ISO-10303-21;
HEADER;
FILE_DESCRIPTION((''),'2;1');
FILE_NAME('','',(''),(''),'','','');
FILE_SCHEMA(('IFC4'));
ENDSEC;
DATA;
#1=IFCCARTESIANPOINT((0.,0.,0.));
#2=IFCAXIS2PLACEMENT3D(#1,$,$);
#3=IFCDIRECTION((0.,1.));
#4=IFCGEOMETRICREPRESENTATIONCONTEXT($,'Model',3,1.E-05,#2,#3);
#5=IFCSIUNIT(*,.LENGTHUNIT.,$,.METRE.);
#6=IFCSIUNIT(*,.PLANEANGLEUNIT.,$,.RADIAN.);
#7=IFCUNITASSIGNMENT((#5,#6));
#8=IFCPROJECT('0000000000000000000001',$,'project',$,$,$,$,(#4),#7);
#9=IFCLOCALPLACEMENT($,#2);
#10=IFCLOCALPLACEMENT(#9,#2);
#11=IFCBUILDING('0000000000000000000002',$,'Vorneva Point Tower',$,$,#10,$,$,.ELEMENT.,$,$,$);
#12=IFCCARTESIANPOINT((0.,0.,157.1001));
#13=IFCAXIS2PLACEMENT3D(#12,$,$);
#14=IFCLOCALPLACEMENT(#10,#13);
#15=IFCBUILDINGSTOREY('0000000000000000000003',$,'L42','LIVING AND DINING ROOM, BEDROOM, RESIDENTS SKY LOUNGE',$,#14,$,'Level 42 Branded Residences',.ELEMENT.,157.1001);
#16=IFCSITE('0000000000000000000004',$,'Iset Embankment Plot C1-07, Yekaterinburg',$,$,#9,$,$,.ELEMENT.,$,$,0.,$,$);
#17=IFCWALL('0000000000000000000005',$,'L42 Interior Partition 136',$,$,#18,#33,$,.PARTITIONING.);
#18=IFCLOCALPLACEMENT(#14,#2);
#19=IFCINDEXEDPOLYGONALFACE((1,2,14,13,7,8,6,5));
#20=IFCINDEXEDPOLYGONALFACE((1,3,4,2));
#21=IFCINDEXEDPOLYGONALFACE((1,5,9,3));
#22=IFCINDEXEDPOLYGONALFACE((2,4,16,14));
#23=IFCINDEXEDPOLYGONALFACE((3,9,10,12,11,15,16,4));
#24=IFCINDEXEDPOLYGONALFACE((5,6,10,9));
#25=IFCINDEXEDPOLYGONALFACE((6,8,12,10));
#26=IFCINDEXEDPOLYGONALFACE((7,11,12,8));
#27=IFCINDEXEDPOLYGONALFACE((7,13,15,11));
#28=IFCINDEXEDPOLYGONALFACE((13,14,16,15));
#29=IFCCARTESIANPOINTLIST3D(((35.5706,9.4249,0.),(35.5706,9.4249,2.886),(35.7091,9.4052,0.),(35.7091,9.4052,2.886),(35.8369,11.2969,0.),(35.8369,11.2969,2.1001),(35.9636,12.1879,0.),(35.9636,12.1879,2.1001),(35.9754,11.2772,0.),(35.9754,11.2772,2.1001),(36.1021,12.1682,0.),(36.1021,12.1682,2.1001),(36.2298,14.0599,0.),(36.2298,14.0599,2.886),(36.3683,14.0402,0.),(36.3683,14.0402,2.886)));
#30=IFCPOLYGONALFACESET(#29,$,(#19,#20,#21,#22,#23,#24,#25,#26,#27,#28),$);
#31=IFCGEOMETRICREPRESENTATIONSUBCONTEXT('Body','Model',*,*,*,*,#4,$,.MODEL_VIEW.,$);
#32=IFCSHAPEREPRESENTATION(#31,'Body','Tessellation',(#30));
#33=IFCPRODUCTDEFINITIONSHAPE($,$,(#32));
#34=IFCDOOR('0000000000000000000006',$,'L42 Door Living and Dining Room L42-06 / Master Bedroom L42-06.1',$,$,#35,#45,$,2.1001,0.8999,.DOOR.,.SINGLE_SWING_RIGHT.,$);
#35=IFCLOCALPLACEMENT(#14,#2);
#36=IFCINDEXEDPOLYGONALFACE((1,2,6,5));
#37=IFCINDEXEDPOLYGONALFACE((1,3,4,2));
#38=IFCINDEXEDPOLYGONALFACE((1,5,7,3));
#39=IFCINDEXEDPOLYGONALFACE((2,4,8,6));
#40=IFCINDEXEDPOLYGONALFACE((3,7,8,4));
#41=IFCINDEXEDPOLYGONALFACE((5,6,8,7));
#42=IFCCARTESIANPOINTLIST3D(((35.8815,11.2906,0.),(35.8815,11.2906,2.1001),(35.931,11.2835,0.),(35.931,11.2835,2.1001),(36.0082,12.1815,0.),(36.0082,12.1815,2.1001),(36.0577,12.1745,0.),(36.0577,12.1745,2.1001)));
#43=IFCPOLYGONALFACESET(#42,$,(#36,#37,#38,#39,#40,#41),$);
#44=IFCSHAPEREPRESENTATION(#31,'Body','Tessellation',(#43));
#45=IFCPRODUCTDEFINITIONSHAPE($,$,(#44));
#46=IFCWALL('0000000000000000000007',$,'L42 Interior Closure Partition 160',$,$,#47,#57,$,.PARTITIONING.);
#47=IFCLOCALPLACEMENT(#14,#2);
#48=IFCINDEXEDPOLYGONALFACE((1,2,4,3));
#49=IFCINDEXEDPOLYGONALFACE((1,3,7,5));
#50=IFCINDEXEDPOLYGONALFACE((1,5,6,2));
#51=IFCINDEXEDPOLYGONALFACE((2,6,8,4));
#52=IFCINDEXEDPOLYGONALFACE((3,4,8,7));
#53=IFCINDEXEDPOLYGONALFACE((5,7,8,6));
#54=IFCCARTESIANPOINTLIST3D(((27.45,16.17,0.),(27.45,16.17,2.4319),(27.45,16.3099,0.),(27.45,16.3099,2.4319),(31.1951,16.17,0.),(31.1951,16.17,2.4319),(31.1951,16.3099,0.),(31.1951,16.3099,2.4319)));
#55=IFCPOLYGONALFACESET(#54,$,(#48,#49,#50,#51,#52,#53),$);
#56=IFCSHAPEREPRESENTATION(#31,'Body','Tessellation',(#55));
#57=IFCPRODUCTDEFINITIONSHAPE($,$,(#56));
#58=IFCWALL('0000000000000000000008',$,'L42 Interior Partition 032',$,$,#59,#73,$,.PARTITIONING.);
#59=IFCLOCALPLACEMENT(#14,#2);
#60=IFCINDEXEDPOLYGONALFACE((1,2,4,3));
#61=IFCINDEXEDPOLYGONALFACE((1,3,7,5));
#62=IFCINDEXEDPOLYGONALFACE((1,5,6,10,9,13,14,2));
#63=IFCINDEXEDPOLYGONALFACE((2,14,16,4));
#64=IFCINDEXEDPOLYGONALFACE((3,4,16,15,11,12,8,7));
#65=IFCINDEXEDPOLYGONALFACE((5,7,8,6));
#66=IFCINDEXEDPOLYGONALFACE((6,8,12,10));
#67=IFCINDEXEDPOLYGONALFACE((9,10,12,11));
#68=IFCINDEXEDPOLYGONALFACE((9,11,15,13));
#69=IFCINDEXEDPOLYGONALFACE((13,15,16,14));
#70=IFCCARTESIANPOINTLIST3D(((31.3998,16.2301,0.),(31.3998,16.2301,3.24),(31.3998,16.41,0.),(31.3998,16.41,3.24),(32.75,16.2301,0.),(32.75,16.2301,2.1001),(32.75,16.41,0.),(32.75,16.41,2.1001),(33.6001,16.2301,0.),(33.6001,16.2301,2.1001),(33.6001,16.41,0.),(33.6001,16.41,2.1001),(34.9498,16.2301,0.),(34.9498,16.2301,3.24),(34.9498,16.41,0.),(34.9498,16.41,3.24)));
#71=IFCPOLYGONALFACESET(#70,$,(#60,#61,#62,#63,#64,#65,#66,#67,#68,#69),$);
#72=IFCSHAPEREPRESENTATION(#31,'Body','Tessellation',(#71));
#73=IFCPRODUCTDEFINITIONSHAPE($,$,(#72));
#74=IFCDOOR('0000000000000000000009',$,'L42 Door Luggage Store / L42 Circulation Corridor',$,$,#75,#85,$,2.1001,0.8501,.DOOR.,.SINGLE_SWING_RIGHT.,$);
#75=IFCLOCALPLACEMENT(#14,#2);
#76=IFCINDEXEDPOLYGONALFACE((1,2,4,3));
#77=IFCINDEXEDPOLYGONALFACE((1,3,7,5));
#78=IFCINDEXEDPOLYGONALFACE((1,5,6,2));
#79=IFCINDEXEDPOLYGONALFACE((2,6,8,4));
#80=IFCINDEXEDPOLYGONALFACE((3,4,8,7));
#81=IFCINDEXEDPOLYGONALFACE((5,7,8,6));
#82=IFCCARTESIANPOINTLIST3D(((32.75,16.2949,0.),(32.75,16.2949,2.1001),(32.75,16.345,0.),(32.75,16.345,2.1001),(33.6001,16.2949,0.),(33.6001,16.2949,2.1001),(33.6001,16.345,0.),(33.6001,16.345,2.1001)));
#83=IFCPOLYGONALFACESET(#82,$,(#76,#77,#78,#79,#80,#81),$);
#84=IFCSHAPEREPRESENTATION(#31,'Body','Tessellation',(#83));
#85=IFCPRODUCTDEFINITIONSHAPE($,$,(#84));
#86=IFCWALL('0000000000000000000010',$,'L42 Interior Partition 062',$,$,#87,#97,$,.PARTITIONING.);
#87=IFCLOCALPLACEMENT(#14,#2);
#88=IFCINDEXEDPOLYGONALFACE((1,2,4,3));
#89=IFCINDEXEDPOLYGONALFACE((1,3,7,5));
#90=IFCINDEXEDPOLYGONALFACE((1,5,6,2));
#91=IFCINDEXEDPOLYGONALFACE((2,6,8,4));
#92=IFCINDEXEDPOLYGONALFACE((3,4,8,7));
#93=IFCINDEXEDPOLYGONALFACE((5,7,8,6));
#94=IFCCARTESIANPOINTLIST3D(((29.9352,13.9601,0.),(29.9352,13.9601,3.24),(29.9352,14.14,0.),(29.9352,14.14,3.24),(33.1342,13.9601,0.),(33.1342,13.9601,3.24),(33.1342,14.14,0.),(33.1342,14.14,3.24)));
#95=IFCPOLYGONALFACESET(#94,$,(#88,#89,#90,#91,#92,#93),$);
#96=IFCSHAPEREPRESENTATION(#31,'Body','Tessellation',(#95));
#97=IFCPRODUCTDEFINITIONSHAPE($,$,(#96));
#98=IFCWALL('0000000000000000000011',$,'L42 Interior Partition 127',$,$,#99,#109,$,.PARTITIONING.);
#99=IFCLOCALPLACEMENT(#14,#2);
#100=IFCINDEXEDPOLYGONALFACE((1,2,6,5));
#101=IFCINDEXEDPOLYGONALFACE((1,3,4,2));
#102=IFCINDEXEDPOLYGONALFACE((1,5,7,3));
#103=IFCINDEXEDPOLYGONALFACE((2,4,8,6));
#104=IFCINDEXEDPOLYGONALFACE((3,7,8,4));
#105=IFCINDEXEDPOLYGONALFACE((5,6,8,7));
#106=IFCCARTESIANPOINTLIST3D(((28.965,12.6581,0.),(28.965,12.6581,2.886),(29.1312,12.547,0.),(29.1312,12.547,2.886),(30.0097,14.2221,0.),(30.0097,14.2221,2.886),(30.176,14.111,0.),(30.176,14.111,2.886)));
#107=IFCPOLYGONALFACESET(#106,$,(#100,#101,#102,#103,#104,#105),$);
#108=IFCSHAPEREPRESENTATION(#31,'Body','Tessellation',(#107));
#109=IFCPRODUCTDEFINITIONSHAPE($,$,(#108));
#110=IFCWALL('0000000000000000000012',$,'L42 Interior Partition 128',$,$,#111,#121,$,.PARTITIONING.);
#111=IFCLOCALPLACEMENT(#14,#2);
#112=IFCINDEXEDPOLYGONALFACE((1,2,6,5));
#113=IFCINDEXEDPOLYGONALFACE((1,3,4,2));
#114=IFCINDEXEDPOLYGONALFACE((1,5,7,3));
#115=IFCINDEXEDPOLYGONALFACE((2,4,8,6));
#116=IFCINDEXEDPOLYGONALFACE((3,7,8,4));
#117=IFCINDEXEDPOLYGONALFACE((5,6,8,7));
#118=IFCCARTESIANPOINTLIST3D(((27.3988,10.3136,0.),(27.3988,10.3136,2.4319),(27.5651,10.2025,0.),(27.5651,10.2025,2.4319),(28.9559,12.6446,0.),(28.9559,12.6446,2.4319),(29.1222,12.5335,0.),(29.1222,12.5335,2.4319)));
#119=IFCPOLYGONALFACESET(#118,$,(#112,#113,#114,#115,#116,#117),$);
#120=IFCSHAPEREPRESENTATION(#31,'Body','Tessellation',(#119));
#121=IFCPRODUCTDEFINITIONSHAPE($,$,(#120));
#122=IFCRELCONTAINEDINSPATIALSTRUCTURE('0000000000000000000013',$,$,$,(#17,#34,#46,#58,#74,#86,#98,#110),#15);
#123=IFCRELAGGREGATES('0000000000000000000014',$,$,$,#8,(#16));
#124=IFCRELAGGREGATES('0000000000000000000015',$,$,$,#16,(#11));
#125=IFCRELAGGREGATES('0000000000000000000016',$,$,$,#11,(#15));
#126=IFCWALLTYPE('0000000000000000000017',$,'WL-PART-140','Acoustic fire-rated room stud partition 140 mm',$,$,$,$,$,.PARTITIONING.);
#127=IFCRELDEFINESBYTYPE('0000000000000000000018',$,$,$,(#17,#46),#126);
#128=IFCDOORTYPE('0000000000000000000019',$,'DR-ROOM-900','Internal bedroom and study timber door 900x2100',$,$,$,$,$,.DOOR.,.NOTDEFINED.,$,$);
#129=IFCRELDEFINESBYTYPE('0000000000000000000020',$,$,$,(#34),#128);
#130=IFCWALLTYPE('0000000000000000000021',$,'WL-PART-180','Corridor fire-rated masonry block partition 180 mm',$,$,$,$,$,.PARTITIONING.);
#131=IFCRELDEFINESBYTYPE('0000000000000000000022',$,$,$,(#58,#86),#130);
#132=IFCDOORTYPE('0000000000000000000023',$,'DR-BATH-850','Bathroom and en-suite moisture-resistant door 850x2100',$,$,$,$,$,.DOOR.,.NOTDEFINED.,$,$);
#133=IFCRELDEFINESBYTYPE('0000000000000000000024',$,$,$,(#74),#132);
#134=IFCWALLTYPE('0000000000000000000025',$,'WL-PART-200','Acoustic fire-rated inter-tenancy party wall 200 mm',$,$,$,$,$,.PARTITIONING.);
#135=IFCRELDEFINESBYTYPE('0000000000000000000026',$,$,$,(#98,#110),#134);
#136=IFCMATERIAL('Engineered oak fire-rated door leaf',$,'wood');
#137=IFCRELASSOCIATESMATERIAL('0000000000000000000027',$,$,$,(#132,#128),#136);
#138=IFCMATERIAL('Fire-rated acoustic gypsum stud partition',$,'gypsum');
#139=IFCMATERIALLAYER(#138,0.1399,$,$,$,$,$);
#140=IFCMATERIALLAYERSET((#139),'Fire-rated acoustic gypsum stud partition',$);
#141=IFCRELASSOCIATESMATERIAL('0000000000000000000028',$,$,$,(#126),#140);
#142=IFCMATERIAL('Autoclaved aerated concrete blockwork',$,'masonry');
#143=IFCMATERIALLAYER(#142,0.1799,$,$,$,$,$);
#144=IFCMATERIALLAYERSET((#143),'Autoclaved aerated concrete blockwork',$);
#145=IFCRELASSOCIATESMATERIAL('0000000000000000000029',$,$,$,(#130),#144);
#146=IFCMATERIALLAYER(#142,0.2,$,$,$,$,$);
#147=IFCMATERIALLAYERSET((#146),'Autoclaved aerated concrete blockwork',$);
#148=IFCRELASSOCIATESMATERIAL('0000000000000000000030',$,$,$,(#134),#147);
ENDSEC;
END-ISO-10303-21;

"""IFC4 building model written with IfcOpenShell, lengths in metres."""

from ifc_helpers import new_model, si_unit, direction, frame, frame_2d, origin, place, context, subcontext, project, spatial, rectangle, extrude, material, layer, layer_set, type_object, element, fill, save


model = new_model("IFC4")

# Units and contexts
model_context = context("Model", 3, precision=1e-05, world=origin(), true_north=direction((0.0, 1.0)))
body_context = subcontext(model_context, "Body", "Model", "MODEL_VIEW")
ifc_project = project(units=[si_unit("LENGTHUNIT", "METRE"), si_unit("PLANEANGLEUNIT", "RADIAN")], contexts=[model_context])

# Site, building, storey
site_placement = place(None, origin())
site = spatial("IfcSite", under=ifc_project, at=site_placement, Name="Iset Embankment Plot C1-07, Yekaterinburg", CompositionType="ELEMENT", RefElevation=0.0)
building_placement = place(site_placement, origin())
building = spatial("IfcBuilding", under=site, at=building_placement, Name="Vorneva Point Tower", CompositionType="ELEMENT")
storey_placement = place(building_placement, frame((0.0, 0.0, 157.1001)))
storey = spatial("IfcBuildingStorey", under=building, at=storey_placement, Name="L42", Description="LIVING AND DINING ROOM, BEDROOM, RESIDENTS SKY LOUNGE", LongName="Level 42 Branded Residences", CompositionType="ELEMENT", Elevation=157.1001)

# Shared definitions
ifc_material_1 = material(Name="Fire-rated acoustic gypsum stud partition", Category="gypsum")
ifc_material_2 = material(Name="Engineered oak fire-rated door leaf", Category="wood")
door_type_1 = type_object("IfcDoorType", Name="DR-BATH-850", Description="Bathroom and en-suite moisture-resistant door 850x2100", OperationType="NOTDEFINED", PredefinedType="DOOR", material=ifc_material_2)

# Shared definitions
door_type_2 = type_object("IfcDoorType", Name="DR-ROOM-900", Description="Internal bedroom and study timber door 900x2100", OperationType="NOTDEFINED", PredefinedType="DOOR", material=ifc_material_2)

# Shared definitions
ifc_layer_1 = layer(ifc_material_1, 0.1399)
ifc_layer_set_1 = layer_set([ifc_layer_1], Name="Fire-rated acoustic gypsum stud partition")
wall_type_1 = type_object("IfcWallType", Name="WL-PART-140", Description="Acoustic fire-rated room stud partition 140 mm", PredefinedType="PARTITIONING", material=ifc_layer_set_1)

# Wall, opening, door
wall_1_placement = place(storey_placement, frame((35.6399, 9.415, 0.0), z_axis=(0.0, 0.0, 1.0), x_axis=(0.140801, 0.990038, 0.0)))
wall_1 = element("IfcWall", 1, at=wall_1_placement, inside=storey, type_object=wall_type_1, Name="L42 Interior Partition 136", PredefinedType="PARTITIONING", context=body_context, shape_type="SweptSolid", body=[
    extrude(rectangle(XDim=4.6816, YDim=0.1399, at=frame_2d((2.3408, 0.0))), origin(), (0.0, 0.0, 1.0), 2.886),
])
opening_1_placement = place(wall_1_placement, frame((1.8909, 0.0, 0.0)))
opening_1 = element("IfcOpeningElement", 2, at=opening_1_placement, cuts=wall_1, PredefinedType="OPENING", context=body_context, shape_type="SweptSolid", body=[
    extrude(rectangle(XDim=0.8999, YDim=2.1001, at=frame_2d((0.45, 1.05))), frame((0.0, 0.085, 0.0), z_axis=(0.0, -1.0, 0.0), x_axis=(1.0, 0.0, 0.0)), (0.0, 0.0, 1.0), 0.1697),
])
door_1_placement = place(opening_1_placement, origin())
door_1 = element("IfcDoor", 3, at=door_1_placement, inside=storey, type_object=door_type_2, Name="L42 Door Living and Dining Room L42-06 / Master Bedroom L42-06.1", OperationType="SINGLE_SWING_RIGHT", OverallHeight=2.1001, OverallWidth=0.8999, PredefinedType="DOOR", context=body_context, shape_type="SweptSolid", body=[
    extrude(rectangle(XDim=0.8999, YDim=2.1001, at=frame_2d((0.45, 1.05))), frame((0.0, 0.0249, 0.0), z_axis=(0.0, -1.0, 0.0), x_axis=(1.0, 0.0, 0.0)), (0.0, 0.0, 1.0), 0.05),
])
fill(opening_1, door_1)

# Wall
wall_2_placement = place(storey_placement, frame((27.45, 16.24, 0.0), z_axis=(0.0, 0.0, 1.0), x_axis=(1.0, 0.0, 0.0)))
element("IfcWall", 4, at=wall_2_placement, inside=storey, type_object=wall_type_1, Name="L42 Interior Closure Partition 160", PredefinedType="PARTITIONING", context=body_context, shape_type="SweptSolid", body=[
    extrude(rectangle(XDim=3.7451, YDim=0.1399, at=frame_2d((1.8726, 0.0))), origin(), (0.0, 0.0, 1.0), 2.4319),
])

# Wall, opening, door
ifc_material_3 = material(Name="Autoclaved aerated concrete blockwork", Category="masonry")
ifc_layer_2 = layer(ifc_material_3, 0.1799)
ifc_layer_set_2 = layer_set([ifc_layer_2], Name="Autoclaved aerated concrete blockwork")
wall_type_2 = type_object("IfcWallType", Name="WL-PART-180", Description="Corridor fire-rated masonry block partition 180 mm", PredefinedType="PARTITIONING", material=ifc_layer_set_2)
wall_3_placement = place(storey_placement, frame((31.3999, 16.3201, 0.0), z_axis=(0.0, 0.0, 1.0), x_axis=(1.0, 0.0, 0.0)))
wall_3 = element("IfcWall", 5, at=wall_3_placement, inside=storey, type_object=wall_type_2, Name="L42 Interior Partition 032", PredefinedType="PARTITIONING", context=body_context, shape_type="SweptSolid", body=[
    extrude(rectangle(XDim=3.55, YDim=0.1799, at=frame_2d((1.7749, 0.0))), origin(), (0.0, 0.0, 1.0), 3.24),
])
opening_2_placement = place(wall_3_placement, frame((1.3501, 0.0, 0.0)))
opening_2 = element("IfcOpeningElement", 6, at=opening_2_placement, cuts=wall_3, PredefinedType="OPENING", context=body_context, shape_type="SweptSolid", body=[
    extrude(rectangle(XDim=0.8501, YDim=2.1001, at=frame_2d((0.425, 1.05))), frame((0.0, 0.105, 0.0), z_axis=(0.0, -1.0, 0.0), x_axis=(1.0, 0.0, 0.0)), (0.0, 0.0, 1.0), 0.2097),
])
door_2_placement = place(opening_2_placement, origin())
door_2 = element("IfcDoor", 7, at=door_2_placement, inside=storey, type_object=door_type_1, Name="L42 Door Luggage Store / L42 Circulation Corridor", OperationType="SINGLE_SWING_RIGHT", OverallHeight=2.1001, OverallWidth=0.8501, PredefinedType="DOOR", context=body_context, shape_type="SweptSolid", body=[
    extrude(rectangle(XDim=0.8501, YDim=2.1001, at=frame_2d((0.425, 1.05))), frame((0.0, 0.0249, 0.0), z_axis=(0.0, -1.0, 0.0), x_axis=(1.0, 0.0, 0.0)), (0.0, 0.0, 1.0), 0.05),
])
fill(opening_2, door_2)

# Walls
wall_4_placement = place(storey_placement, frame((29.9351, 14.05, 0.0), z_axis=(0.0, 0.0, 1.0), x_axis=(1.0, 0.0, 0.0)))
element("IfcWall", 8, at=wall_4_placement, inside=storey, type_object=wall_type_2, Name="L42 Interior Partition 062", PredefinedType="PARTITIONING", context=body_context, shape_type="SweptSolid", body=[
    extrude(rectangle(XDim=3.199, YDim=0.1799, at=frame_2d((1.5996, 0.0))), origin(), (0.0, 0.0, 1.0), 3.24),
])
ifc_layer_3 = layer(ifc_material_3, 0.2)
ifc_layer_set_3 = layer_set([ifc_layer_3], Name="Autoclaved aerated concrete blockwork")
wall_type_3 = type_object("IfcWallType", Name="WL-PART-200", Description="Acoustic fire-rated inter-tenancy party wall 200 mm", PredefinedType="PARTITIONING", material=ifc_layer_set_3)
wall_5_placement = place(storey_placement, frame((29.0481, 12.6025, 0.0), z_axis=(0.0, 0.0, 1.0), x_axis=(0.555449, 0.831551, 0.0)))
element("IfcWall", 9, at=wall_5_placement, inside=storey, type_object=wall_type_3, Name="L42 Interior Partition 127", PredefinedType="PARTITIONING", context=body_context, shape_type="SweptSolid", body=[
    extrude(rectangle(XDim=1.8809, YDim=0.2, at=frame_2d((0.9404, 0.0))), origin(), (0.0, 0.0, 1.0), 2.886),
])
wall_6_placement = place(storey_placement, frame((27.4819, 10.2581, 0.0), z_axis=(0.0, 0.0, 1.0), x_axis=(0.555464, 0.831541, 0.0)))
element("IfcWall", 10, at=wall_6_placement, inside=storey, type_object=wall_type_3, Name="L42 Interior Partition 128", PredefinedType="PARTITIONING", context=body_context, shape_type="SweptSolid", body=[
    extrude(rectangle(XDim=2.8032, YDim=0.2, at=frame_2d((1.4016, 0.0))), origin(), (0.0, 0.0, 1.0), 2.4319),
])

save(model, "model.ifc")
